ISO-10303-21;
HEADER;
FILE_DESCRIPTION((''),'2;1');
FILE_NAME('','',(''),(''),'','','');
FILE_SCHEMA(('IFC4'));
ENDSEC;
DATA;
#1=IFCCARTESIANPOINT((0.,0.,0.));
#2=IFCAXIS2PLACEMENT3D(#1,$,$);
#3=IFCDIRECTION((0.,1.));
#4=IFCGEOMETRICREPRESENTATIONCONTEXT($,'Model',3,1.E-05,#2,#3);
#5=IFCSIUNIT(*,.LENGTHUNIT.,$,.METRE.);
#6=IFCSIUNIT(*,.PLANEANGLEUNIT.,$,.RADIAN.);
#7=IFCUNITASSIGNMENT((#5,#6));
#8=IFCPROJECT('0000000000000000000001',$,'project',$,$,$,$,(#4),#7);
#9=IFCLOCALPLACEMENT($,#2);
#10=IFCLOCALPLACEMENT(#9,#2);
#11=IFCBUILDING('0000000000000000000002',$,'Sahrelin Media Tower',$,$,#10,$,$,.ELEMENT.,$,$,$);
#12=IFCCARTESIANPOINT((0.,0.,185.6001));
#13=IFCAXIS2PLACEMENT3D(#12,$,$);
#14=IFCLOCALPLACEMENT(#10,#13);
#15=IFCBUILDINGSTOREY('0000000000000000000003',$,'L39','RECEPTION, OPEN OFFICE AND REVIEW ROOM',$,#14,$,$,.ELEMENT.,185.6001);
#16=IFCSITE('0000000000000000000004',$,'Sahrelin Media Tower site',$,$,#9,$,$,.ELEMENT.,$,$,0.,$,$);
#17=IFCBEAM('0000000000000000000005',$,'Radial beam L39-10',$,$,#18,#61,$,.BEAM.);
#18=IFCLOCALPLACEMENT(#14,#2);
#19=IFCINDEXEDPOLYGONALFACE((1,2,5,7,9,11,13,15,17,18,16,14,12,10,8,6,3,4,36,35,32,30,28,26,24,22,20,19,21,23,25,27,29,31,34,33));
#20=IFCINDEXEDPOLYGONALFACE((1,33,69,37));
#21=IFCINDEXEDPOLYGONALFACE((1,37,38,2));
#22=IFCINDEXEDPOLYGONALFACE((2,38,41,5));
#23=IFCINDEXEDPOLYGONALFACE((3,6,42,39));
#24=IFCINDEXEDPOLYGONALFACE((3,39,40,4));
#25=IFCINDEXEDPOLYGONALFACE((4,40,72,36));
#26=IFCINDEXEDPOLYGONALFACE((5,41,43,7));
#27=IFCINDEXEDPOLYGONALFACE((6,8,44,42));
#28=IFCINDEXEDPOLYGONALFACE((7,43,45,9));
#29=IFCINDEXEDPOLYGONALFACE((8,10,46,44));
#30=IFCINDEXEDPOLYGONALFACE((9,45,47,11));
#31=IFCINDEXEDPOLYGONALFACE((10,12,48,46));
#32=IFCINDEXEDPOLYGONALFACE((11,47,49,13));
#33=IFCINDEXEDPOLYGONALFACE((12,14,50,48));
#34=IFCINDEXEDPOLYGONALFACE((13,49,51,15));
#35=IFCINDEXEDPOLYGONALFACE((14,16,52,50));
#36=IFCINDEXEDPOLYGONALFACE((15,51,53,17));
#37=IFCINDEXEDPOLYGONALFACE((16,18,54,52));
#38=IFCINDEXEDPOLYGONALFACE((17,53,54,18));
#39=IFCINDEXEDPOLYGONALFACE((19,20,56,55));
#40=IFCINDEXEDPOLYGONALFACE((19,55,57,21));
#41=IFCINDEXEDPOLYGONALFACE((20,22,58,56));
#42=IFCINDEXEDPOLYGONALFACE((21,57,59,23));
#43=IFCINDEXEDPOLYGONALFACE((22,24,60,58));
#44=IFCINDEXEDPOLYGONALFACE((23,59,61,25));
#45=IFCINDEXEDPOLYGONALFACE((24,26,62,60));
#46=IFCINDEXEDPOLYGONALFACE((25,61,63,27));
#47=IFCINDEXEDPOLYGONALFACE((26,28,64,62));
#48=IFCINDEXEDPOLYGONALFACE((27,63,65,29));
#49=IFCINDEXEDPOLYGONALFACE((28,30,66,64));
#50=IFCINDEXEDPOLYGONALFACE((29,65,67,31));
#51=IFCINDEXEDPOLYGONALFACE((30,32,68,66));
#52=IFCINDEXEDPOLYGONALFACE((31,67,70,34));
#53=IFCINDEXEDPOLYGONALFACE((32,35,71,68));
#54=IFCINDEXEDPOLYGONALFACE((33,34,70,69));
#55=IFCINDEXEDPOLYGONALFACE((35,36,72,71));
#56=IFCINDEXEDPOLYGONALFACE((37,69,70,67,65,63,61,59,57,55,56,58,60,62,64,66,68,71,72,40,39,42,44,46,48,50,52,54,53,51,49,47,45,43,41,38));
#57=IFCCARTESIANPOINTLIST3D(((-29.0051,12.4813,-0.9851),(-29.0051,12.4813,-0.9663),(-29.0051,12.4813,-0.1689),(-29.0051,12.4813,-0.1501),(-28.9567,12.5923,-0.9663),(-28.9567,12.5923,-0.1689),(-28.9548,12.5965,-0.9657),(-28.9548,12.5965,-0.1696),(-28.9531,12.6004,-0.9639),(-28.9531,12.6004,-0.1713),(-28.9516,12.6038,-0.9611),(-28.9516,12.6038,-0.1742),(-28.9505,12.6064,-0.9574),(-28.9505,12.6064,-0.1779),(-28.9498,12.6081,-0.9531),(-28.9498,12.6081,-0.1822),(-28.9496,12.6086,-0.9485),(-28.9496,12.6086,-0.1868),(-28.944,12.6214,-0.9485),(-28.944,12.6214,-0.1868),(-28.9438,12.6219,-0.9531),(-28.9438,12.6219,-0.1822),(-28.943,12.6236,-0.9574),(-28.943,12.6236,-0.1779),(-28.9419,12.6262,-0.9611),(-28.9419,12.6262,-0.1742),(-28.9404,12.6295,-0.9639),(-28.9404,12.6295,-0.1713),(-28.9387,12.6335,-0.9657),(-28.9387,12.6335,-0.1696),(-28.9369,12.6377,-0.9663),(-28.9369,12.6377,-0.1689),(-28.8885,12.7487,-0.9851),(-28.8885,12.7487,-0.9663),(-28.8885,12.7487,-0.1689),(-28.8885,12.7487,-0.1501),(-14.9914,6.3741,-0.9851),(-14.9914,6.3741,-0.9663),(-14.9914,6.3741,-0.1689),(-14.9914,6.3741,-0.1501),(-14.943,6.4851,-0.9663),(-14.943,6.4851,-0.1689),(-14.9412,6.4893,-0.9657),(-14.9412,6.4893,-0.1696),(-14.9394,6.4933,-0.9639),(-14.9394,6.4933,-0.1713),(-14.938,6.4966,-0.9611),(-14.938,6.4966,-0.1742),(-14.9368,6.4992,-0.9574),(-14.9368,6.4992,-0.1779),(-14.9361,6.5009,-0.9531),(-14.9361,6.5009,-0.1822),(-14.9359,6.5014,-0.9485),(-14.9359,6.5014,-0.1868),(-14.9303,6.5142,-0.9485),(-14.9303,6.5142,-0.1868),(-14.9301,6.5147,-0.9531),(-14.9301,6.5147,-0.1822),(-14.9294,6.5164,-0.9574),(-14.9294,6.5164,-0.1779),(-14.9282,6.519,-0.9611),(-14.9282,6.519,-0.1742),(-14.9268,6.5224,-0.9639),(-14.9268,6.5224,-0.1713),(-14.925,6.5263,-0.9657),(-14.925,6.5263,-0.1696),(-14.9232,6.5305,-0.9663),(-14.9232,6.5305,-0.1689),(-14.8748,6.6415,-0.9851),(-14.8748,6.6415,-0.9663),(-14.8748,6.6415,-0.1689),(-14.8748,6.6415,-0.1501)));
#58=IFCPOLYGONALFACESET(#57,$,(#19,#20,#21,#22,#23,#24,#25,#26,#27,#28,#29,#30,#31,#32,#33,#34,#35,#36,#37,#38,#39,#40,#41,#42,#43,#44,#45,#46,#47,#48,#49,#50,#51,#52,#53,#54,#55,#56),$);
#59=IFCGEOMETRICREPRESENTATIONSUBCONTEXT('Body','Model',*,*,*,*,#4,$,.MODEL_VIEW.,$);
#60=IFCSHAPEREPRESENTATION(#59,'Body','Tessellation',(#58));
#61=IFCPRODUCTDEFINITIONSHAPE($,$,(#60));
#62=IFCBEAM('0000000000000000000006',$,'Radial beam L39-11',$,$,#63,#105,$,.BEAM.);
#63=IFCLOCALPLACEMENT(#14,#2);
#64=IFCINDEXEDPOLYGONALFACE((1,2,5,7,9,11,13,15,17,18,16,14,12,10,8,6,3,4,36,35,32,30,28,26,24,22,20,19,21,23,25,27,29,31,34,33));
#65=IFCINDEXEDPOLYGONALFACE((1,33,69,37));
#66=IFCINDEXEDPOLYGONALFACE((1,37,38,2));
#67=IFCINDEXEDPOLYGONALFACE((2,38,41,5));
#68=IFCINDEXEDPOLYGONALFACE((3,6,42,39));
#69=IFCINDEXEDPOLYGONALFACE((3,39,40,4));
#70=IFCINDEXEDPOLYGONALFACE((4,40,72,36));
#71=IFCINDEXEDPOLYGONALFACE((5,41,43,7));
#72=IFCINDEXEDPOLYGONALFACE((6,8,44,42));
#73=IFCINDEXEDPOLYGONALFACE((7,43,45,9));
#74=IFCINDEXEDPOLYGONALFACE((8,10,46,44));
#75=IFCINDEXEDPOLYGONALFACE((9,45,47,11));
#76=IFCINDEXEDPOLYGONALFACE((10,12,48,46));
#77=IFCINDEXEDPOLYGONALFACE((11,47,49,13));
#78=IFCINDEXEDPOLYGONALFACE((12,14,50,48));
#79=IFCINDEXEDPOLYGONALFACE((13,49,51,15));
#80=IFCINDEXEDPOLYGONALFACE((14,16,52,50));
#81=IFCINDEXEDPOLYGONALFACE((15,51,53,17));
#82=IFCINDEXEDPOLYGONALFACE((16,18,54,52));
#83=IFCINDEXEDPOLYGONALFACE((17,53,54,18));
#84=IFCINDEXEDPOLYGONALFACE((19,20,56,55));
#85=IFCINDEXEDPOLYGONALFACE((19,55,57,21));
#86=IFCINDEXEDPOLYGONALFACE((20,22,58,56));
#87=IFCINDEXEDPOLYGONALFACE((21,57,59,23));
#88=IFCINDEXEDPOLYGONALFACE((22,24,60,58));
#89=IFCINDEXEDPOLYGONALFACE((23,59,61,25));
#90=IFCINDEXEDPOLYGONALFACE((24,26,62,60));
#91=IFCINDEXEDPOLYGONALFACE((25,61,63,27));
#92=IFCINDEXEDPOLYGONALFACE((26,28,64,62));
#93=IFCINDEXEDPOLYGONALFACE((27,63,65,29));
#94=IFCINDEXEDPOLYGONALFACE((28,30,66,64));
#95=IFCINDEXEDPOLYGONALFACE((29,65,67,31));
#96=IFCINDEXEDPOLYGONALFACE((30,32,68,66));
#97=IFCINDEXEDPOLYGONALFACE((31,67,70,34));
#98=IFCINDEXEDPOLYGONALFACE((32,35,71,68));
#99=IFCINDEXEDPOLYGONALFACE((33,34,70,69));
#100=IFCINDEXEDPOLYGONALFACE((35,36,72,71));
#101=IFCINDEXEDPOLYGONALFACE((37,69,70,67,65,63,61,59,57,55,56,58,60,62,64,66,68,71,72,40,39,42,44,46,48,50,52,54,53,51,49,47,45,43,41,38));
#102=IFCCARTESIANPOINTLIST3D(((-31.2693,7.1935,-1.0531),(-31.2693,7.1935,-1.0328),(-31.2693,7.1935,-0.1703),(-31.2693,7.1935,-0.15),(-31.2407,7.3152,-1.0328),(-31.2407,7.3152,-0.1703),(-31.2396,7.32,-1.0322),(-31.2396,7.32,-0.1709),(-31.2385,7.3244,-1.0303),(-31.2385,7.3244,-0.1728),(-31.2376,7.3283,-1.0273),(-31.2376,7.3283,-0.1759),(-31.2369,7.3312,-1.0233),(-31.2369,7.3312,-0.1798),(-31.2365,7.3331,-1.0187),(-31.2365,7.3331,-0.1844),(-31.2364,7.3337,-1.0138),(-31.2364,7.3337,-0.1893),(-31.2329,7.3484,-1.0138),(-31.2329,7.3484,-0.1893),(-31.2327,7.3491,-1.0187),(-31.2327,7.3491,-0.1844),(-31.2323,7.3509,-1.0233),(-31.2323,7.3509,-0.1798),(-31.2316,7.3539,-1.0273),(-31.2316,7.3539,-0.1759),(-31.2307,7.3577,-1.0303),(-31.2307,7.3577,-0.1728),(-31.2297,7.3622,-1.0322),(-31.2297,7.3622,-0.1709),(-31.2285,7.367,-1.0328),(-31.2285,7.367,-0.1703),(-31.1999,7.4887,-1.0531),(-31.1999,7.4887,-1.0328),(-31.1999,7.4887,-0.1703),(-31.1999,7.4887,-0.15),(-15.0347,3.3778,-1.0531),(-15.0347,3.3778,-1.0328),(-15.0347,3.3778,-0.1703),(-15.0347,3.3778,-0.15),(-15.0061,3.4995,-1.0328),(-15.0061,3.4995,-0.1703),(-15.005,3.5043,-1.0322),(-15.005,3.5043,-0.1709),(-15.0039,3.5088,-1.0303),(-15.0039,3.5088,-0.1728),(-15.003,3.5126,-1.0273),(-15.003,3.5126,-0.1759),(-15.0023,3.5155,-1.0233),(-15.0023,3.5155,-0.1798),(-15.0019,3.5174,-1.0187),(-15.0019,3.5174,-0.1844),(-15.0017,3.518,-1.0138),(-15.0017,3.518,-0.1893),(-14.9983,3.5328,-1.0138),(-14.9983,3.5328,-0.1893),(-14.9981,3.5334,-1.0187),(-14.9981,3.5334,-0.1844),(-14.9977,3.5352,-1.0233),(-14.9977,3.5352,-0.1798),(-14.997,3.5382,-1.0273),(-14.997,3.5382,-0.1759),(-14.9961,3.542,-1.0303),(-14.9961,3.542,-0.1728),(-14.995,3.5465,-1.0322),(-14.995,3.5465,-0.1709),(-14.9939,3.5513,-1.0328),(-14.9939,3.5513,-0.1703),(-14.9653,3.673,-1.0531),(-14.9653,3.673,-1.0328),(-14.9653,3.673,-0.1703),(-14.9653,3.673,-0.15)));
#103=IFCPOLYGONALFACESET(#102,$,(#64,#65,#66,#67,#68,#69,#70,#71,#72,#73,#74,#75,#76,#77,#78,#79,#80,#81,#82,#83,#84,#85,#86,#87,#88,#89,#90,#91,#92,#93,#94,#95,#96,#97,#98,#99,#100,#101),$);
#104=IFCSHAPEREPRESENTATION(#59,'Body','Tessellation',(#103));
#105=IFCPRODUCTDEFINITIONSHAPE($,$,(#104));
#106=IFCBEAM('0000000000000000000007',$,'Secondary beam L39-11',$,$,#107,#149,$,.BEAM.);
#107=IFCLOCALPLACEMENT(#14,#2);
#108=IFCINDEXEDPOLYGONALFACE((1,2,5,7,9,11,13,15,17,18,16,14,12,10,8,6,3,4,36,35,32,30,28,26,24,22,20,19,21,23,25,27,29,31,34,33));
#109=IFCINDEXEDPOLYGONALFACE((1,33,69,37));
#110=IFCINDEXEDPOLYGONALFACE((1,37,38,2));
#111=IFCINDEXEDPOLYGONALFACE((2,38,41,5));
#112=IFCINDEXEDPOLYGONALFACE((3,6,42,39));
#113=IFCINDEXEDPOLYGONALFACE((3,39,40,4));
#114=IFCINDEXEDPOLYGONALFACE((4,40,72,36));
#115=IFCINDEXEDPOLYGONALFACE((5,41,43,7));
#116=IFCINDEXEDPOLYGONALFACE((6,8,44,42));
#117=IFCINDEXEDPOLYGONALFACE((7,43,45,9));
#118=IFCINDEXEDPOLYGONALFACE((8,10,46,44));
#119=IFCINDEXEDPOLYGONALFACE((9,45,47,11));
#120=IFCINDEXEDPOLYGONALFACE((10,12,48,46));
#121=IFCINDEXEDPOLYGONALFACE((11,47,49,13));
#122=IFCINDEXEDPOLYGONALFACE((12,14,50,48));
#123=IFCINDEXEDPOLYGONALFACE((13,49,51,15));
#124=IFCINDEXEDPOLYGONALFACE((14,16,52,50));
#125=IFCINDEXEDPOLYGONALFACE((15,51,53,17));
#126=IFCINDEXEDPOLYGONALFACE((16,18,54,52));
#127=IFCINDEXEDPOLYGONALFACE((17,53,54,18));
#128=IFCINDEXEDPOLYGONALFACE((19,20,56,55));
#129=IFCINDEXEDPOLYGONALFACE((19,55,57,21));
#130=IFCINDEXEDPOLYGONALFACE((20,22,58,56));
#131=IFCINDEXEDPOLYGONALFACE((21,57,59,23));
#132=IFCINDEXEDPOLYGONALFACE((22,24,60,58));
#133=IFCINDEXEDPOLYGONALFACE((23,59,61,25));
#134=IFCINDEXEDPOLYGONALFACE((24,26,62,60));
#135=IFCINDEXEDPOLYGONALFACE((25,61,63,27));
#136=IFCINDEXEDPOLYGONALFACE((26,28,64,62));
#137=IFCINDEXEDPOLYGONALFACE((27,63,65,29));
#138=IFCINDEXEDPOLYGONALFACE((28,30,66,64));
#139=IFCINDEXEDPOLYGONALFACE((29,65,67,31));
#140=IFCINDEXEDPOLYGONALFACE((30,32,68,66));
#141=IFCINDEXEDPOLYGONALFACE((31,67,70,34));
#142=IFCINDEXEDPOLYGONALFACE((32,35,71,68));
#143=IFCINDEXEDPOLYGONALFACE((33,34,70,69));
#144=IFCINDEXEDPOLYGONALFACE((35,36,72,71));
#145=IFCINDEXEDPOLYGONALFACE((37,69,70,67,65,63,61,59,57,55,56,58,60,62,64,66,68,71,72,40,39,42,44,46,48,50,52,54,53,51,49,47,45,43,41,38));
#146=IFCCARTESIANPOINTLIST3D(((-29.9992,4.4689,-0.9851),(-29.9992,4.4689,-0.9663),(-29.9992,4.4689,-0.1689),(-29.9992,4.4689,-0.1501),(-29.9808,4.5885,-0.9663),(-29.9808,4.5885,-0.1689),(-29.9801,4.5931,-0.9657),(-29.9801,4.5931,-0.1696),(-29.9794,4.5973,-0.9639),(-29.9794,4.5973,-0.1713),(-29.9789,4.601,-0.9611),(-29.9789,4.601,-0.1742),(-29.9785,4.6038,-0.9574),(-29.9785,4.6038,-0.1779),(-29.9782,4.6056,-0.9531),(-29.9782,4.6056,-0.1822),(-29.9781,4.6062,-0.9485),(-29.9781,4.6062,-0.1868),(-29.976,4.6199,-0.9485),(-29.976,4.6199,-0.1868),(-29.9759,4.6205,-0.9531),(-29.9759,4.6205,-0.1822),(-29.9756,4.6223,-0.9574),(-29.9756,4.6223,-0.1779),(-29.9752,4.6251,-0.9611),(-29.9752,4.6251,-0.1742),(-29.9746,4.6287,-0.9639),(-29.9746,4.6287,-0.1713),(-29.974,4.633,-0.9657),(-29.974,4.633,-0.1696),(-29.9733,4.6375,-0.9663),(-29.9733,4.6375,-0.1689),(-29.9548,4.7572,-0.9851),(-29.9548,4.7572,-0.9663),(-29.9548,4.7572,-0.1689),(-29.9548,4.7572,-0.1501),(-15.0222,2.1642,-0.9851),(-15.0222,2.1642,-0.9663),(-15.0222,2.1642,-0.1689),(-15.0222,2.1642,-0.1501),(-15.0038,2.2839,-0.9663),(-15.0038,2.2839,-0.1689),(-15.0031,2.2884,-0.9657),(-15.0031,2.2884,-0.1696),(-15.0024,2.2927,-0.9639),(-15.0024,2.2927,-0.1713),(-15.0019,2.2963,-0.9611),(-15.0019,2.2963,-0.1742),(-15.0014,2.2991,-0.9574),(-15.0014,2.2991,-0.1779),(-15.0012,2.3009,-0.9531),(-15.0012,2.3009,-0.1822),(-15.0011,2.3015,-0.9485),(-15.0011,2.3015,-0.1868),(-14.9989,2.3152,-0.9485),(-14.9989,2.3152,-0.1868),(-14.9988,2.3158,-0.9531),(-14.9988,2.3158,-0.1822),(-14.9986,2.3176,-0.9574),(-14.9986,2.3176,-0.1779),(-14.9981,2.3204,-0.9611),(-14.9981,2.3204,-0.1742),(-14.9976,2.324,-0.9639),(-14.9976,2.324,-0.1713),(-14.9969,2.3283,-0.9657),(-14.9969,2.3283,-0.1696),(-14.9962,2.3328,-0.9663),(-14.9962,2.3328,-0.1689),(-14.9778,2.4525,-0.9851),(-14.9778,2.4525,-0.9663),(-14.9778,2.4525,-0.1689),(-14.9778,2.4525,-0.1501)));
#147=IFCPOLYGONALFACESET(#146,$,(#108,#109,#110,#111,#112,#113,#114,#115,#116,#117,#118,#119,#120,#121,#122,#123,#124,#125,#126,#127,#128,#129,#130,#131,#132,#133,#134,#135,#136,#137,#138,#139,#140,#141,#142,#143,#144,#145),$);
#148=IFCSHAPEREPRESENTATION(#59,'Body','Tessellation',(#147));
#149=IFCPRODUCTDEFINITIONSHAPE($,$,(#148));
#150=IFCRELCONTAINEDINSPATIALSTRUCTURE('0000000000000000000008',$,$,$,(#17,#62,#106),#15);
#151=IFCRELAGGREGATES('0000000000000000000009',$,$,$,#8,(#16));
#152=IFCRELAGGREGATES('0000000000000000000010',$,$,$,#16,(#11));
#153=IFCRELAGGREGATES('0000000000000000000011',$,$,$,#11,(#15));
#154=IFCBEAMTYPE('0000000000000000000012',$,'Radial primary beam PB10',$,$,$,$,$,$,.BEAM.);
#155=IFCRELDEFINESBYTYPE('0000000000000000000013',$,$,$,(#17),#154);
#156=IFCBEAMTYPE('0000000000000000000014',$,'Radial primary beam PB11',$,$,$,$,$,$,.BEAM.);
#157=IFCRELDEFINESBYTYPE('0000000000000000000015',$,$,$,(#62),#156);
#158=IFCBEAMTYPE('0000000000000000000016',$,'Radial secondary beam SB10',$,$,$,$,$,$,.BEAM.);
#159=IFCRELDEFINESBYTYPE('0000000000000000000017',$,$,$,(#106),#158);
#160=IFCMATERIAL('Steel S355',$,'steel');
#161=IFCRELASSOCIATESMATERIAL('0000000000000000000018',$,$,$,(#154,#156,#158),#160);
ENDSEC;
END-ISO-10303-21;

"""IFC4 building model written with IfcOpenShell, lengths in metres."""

from ifc_helpers import new_model, si_unit, direction, frame, origin, origin_2d, place, context, subcontext, project, spatial, i_section, extrude, material, material_profile, profile_set, type_object, element, save


model = new_model("IFC4")

# Units and contexts
model_context = context("Model", 3, precision=1e-05, world=origin(), true_north=direction((0.0, 1.0)))
body_context = subcontext(model_context, "Body", "Model", "MODEL_VIEW")
ifc_project = project(units=[si_unit("LENGTHUNIT", "METRE"), si_unit("PLANEANGLEUNIT", "RADIAN")], contexts=[model_context])

# Site, building, storey
site_placement = place(None, origin())
site = spatial("IfcSite", under=ifc_project, at=site_placement, Name="Sahrelin Media Tower site", CompositionType="ELEMENT", RefElevation=0.0)
building_placement = place(site_placement, origin())
building = spatial("IfcBuilding", under=site, at=building_placement, Name="Sahrelin Media Tower", CompositionType="ELEMENT")
storey_placement = place(building_placement, frame((0.0, 0.0, 185.6001)))
storey = spatial("IfcBuildingStorey", under=building, at=storey_placement, Name="L39", Description="RECEPTION, OPEN OFFICE AND REVIEW ROOM", CompositionType="ELEMENT", Elevation=185.6001)

# Beams
ifc_material_1 = material(Name="Steel S355", Category="steel")
ifc_material_profile_1 = material_profile(ifc_material_1, i_section(OverallWidth=0.2917, OverallDepth=0.835, WebThickness=0.0139, FlangeThickness=0.0188, FilletRadius=0.0178, at=origin_2d()), Name="UB 838x292x176")
ifc_profile_set_1 = profile_set([ifc_material_profile_1], Name="Steel S355")
beam_type_1 = type_object("IfcBeamType", Name="Radial primary beam PB10", PredefinedType="BEAM", material=ifc_profile_set_1)
beam_1_placement = place(storey_placement, frame((-14.9331, 6.5078, -0.5676), z_axis=(-0.916728, 0.399511, 0.0), x_axis=(-0.399511, -0.916728, 0.0)))
element("IfcBeam", 1, at=beam_1_placement, inside=storey, type_object=beam_type_1, Name="Radial beam L39-10", PredefinedType="BEAM", context=body_context, shape_type="SweptSolid", body=[
    extrude(i_section(OverallWidth=0.2917, OverallDepth=0.835, WebThickness=0.0139, FlangeThickness=0.0188, FilletRadius=0.0178, at=origin_2d()), origin(), (0.0, 0.0, 1.0), 15.2866),
])
ifc_material_profile_2 = material_profile(ifc_material_1, i_section(OverallWidth=0.3032, OverallDepth=0.9031, WebThickness=0.0151, FlangeThickness=0.0203, FilletRadius=0.019, at=origin_2d()), Name="UB 914x305x201")
ifc_profile_set_2 = profile_set([ifc_material_profile_2], Name="Steel S355")
beam_type_2 = type_object("IfcBeamType", Name="Radial primary beam PB11", PredefinedType="BEAM", material=ifc_profile_set_2)
beam_2_placement = place(storey_placement, frame((-15.0, 3.5254, -0.6016), z_axis=(-0.973474, 0.228799, 0.0), x_axis=(-0.228799, -0.973474, 0.0)))
element("IfcBeam", 2, at=beam_2_placement, inside=storey, type_object=beam_type_2, Name="Radial beam L39-11", PredefinedType="BEAM", context=body_context, shape_type="SweptSolid", body=[
    extrude(i_section(OverallWidth=0.3032, OverallDepth=0.9031, WebThickness=0.0151, FlangeThickness=0.0203, FilletRadius=0.019, at=origin_2d()), origin(), (0.0, 0.0, 1.0), 16.677),
])
ifc_material_profile_3 = material_profile(ifc_material_1, i_section(OverallWidth=0.2917, OverallDepth=0.835, WebThickness=0.0139, FlangeThickness=0.0188, FilletRadius=0.0178, at=origin_2d()), Name="UB 838x292x176")
ifc_profile_set_3 = profile_set([ifc_material_profile_3], Name="Steel S355")
beam_type_3 = type_object("IfcBeamType", Name="Radial secondary beam SB10", PredefinedType="BEAM", material=ifc_profile_set_3)
beam_3_placement = place(storey_placement, frame((-15.0, 2.3083, -0.5676), z_axis=(-0.988366, 0.152091, 0.0), x_axis=(-0.152091, -0.988366, 0.0)))
element("IfcBeam", 3, at=beam_3_placement, inside=storey, type_object=beam_type_3, Name="Secondary beam L39-11", PredefinedType="BEAM", context=body_context, shape_type="SweptSolid", body=[
    extrude(i_section(OverallWidth=0.2917, OverallDepth=0.835, WebThickness=0.0139, FlangeThickness=0.0188, FilletRadius=0.0178, at=origin_2d()), origin(), (0.0, 0.0, 1.0), 15.1533),
])

save(model, "model.ifc")
